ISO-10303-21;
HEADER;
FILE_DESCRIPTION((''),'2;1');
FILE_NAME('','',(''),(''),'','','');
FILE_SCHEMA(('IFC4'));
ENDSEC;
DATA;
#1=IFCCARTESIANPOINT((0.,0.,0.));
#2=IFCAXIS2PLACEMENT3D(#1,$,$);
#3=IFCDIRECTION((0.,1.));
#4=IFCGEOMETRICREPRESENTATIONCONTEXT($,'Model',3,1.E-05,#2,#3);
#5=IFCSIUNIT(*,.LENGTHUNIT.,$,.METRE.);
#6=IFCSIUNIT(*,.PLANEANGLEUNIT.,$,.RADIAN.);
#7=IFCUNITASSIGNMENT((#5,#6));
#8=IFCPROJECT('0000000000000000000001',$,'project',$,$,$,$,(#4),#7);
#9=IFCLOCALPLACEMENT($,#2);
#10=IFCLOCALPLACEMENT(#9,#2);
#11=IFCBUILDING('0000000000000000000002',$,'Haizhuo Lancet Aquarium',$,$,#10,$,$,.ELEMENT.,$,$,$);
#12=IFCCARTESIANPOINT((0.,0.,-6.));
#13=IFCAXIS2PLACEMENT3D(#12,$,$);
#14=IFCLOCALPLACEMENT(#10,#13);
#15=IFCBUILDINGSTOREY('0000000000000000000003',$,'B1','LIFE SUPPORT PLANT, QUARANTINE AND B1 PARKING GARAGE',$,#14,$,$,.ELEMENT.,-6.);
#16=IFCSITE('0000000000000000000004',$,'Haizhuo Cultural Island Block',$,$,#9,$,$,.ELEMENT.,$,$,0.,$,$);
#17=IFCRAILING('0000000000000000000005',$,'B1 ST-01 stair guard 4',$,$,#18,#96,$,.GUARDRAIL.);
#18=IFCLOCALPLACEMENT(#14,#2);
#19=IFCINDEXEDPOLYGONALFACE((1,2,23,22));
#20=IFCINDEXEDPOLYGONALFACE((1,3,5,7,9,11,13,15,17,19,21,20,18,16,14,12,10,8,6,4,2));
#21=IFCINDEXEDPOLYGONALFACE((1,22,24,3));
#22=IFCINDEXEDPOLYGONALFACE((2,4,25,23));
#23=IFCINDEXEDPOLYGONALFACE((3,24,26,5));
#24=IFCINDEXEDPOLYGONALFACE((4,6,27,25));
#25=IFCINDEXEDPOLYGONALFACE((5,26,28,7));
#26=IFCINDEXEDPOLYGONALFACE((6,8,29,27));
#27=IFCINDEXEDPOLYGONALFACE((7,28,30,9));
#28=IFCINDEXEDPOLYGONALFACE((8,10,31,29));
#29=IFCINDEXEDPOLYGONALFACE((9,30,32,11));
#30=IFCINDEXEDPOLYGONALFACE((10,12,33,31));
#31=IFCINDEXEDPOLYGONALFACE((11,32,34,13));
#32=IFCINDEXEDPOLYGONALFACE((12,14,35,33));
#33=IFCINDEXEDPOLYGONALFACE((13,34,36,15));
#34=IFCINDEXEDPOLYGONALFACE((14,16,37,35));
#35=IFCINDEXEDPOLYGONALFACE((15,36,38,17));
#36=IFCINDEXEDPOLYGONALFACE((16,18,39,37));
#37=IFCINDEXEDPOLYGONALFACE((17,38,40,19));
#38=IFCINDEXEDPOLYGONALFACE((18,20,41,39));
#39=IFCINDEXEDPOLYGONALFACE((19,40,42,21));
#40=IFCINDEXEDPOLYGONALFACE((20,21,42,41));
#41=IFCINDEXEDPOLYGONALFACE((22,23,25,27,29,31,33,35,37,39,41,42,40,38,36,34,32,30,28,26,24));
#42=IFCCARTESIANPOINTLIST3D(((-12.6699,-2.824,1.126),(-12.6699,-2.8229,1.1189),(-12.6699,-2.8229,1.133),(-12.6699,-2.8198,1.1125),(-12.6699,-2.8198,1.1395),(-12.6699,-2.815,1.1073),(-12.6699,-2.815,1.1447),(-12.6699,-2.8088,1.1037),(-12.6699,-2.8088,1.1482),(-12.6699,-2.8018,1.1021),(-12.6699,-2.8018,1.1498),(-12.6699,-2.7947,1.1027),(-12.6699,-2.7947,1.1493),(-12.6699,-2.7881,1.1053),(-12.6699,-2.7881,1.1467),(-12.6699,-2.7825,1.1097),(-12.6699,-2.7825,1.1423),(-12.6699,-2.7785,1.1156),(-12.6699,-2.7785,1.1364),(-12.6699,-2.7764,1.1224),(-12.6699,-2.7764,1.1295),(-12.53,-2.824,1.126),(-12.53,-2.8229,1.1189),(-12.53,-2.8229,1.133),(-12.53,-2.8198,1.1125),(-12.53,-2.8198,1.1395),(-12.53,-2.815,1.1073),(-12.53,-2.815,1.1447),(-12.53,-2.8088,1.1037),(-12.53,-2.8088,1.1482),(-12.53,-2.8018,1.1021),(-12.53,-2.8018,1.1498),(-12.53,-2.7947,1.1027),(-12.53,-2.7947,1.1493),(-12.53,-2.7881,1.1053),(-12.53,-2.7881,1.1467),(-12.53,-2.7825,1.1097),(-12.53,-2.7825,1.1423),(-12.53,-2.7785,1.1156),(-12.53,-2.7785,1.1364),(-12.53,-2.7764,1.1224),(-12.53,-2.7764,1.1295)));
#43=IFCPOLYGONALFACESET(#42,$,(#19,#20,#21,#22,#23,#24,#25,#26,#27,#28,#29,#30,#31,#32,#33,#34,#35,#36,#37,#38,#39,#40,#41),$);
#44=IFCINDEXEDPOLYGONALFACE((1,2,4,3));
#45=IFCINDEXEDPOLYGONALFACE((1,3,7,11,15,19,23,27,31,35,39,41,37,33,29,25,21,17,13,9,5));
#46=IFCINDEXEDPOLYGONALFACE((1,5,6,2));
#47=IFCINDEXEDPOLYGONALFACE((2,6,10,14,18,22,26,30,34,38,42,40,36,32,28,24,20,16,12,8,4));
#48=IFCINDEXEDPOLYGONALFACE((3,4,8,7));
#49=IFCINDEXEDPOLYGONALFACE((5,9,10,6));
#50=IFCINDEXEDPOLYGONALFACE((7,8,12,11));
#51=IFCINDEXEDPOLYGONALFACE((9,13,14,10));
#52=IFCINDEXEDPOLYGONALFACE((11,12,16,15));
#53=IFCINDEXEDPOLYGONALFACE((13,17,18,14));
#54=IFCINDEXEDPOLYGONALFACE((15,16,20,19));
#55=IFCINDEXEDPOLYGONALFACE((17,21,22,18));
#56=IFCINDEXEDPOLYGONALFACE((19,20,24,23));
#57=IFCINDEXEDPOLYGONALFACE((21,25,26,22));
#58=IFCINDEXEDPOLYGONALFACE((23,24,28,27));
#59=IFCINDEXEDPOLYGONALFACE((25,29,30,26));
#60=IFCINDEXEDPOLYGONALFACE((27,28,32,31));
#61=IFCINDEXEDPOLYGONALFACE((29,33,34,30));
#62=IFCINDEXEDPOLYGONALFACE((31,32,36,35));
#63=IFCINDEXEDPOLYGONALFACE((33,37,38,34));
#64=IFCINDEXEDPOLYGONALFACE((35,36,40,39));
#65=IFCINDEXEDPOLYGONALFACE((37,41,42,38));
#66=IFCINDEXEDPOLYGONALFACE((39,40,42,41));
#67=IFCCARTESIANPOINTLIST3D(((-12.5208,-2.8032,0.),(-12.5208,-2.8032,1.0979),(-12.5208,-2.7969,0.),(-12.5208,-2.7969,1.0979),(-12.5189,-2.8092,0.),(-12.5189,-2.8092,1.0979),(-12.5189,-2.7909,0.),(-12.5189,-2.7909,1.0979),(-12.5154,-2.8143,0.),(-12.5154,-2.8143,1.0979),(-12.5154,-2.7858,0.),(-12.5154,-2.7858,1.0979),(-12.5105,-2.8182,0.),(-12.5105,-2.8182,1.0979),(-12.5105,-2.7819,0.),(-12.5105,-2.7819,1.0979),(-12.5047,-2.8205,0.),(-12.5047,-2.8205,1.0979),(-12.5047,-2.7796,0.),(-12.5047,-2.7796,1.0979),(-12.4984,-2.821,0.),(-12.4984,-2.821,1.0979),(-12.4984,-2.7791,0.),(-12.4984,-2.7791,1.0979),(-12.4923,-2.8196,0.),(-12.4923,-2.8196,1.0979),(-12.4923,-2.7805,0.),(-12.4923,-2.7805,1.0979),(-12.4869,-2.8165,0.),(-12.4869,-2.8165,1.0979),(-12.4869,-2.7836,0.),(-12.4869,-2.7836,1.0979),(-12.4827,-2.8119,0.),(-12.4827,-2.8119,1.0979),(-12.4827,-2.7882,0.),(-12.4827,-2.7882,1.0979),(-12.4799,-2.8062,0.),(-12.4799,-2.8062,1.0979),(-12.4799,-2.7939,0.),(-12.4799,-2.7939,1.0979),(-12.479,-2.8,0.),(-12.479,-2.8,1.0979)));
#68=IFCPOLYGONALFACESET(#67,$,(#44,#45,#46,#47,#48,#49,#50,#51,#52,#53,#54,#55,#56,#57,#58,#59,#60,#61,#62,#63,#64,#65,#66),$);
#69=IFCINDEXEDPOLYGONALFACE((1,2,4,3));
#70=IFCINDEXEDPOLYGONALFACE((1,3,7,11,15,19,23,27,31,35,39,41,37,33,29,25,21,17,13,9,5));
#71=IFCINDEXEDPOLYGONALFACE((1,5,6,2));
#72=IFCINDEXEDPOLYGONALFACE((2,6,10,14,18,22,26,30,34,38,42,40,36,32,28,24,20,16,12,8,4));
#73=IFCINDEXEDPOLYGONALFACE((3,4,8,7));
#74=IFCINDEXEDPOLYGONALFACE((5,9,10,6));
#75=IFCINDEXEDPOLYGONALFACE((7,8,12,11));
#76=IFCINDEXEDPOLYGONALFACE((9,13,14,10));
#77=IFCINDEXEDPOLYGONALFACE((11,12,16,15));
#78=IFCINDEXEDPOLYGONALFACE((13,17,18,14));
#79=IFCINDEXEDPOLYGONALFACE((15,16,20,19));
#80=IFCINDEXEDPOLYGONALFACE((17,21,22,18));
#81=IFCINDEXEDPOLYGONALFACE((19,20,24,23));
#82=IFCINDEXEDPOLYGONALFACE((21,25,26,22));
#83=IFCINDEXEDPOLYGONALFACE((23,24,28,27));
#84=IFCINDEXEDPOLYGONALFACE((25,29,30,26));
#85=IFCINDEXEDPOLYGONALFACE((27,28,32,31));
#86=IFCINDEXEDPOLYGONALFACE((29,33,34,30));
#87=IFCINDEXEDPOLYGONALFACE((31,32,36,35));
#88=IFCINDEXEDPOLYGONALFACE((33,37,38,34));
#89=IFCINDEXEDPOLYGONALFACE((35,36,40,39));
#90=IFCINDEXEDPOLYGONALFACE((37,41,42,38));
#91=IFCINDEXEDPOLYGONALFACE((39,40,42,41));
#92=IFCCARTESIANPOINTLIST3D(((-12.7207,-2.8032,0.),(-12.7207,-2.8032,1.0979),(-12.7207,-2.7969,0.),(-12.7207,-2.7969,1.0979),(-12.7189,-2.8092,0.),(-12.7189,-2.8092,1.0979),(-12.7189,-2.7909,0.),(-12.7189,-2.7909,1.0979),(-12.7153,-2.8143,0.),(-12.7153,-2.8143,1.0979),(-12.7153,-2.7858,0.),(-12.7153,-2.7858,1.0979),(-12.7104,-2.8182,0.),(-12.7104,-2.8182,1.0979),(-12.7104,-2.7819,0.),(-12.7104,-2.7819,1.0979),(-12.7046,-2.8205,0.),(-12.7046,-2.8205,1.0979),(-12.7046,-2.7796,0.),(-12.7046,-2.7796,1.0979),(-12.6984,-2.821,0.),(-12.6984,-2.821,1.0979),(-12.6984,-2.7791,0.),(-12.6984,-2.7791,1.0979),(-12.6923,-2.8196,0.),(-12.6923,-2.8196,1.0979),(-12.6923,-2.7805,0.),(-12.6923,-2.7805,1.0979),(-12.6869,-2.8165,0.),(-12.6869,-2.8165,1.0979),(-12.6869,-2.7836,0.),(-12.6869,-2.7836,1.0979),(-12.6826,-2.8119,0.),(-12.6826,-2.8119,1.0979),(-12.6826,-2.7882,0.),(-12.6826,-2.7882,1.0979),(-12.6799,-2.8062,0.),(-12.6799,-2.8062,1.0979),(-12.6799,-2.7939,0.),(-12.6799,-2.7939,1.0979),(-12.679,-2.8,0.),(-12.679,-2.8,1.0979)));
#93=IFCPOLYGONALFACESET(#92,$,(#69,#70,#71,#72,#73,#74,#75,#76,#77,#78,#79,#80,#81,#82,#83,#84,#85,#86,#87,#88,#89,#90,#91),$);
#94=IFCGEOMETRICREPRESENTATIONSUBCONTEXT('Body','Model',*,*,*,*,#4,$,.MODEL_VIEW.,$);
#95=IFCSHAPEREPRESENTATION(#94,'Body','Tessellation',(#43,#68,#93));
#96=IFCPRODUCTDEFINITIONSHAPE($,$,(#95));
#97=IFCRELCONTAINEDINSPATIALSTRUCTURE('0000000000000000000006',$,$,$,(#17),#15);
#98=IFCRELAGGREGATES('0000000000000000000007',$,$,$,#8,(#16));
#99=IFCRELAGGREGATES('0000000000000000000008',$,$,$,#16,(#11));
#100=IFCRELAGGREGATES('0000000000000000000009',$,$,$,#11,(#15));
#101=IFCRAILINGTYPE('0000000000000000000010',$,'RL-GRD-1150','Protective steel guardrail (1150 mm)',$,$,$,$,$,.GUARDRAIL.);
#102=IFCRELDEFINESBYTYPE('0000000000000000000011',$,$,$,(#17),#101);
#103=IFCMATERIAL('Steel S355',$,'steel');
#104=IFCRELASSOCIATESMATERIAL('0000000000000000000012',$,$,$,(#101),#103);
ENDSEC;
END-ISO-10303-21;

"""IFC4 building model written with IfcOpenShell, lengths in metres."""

from ifc_helpers import new_model, si_unit, direction, frame, origin, origin_2d, place, context, subcontext, project, spatial, circle, extrude, material, type_object, element, save


model = new_model("IFC4")

# Units and contexts
model_context = context("Model", 3, precision=1e-05, world=origin(), true_north=direction((0.0, 1.0)))
body_context = subcontext(model_context, "Body", "Model", "MODEL_VIEW")
ifc_project = project(units=[si_unit("LENGTHUNIT", "METRE"), si_unit("PLANEANGLEUNIT", "RADIAN")], contexts=[model_context])

# Site, building, storey
site_placement = place(None, origin())
site = spatial("IfcSite", under=ifc_project, at=site_placement, Name="Haizhuo Cultural Island Block", CompositionType="ELEMENT", RefElevation=0.0)
building_placement = place(site_placement, origin())
building = spatial("IfcBuilding", under=site, at=building_placement, Name="Haizhuo Lancet Aquarium", CompositionType="ELEMENT")
storey_placement = place(building_placement, frame((0.0, 0.0, -6.0)))
storey = spatial("IfcBuildingStorey", under=building, at=storey_placement, Name="B1", Description="LIFE SUPPORT PLANT, QUARANTINE AND B1 PARKING GARAGE", CompositionType="ELEMENT", Elevation=-6.0)

# Shared definitions
ifc_material_1 = material(Name="Steel S355", Category="steel")

# Railing
railing_type_1 = type_object("IfcRailingType", Name="RL-GRD-1150", Description="Protective steel guardrail (1150 mm)", PredefinedType="GUARDRAIL", material=ifc_material_1)
railing_1_placement = place(storey_placement, frame((-12.5, -2.8, 0.0)))
element("IfcRailing", 1, at=railing_1_placement, inside=storey, type_object=railing_type_1, Name="B1 ST-01 stair guard 4", PredefinedType="GUARDRAIL", context=body_context, shape_type="SweptSolid", body=[
    extrude(circle(Radius=0.0239, at=origin_2d()), frame((-0.03, 0.0, 1.126), z_axis=(-1.0, 0.0, 0.0), x_axis=(0.0, -1.0, 0.0)), (0.0, 0.0, 1.0), 0.1399),
    extrude(circle(Radius=0.021, at=origin_2d()), origin(), (0.0, 0.0, 1.0), 1.0979),
    extrude(circle(Radius=0.021, at=origin_2d()), frame((-0.2, 0.0, 0.0)), (0.0, 0.0, 1.0), 1.0979),
])

save(model, "model.ifc")
